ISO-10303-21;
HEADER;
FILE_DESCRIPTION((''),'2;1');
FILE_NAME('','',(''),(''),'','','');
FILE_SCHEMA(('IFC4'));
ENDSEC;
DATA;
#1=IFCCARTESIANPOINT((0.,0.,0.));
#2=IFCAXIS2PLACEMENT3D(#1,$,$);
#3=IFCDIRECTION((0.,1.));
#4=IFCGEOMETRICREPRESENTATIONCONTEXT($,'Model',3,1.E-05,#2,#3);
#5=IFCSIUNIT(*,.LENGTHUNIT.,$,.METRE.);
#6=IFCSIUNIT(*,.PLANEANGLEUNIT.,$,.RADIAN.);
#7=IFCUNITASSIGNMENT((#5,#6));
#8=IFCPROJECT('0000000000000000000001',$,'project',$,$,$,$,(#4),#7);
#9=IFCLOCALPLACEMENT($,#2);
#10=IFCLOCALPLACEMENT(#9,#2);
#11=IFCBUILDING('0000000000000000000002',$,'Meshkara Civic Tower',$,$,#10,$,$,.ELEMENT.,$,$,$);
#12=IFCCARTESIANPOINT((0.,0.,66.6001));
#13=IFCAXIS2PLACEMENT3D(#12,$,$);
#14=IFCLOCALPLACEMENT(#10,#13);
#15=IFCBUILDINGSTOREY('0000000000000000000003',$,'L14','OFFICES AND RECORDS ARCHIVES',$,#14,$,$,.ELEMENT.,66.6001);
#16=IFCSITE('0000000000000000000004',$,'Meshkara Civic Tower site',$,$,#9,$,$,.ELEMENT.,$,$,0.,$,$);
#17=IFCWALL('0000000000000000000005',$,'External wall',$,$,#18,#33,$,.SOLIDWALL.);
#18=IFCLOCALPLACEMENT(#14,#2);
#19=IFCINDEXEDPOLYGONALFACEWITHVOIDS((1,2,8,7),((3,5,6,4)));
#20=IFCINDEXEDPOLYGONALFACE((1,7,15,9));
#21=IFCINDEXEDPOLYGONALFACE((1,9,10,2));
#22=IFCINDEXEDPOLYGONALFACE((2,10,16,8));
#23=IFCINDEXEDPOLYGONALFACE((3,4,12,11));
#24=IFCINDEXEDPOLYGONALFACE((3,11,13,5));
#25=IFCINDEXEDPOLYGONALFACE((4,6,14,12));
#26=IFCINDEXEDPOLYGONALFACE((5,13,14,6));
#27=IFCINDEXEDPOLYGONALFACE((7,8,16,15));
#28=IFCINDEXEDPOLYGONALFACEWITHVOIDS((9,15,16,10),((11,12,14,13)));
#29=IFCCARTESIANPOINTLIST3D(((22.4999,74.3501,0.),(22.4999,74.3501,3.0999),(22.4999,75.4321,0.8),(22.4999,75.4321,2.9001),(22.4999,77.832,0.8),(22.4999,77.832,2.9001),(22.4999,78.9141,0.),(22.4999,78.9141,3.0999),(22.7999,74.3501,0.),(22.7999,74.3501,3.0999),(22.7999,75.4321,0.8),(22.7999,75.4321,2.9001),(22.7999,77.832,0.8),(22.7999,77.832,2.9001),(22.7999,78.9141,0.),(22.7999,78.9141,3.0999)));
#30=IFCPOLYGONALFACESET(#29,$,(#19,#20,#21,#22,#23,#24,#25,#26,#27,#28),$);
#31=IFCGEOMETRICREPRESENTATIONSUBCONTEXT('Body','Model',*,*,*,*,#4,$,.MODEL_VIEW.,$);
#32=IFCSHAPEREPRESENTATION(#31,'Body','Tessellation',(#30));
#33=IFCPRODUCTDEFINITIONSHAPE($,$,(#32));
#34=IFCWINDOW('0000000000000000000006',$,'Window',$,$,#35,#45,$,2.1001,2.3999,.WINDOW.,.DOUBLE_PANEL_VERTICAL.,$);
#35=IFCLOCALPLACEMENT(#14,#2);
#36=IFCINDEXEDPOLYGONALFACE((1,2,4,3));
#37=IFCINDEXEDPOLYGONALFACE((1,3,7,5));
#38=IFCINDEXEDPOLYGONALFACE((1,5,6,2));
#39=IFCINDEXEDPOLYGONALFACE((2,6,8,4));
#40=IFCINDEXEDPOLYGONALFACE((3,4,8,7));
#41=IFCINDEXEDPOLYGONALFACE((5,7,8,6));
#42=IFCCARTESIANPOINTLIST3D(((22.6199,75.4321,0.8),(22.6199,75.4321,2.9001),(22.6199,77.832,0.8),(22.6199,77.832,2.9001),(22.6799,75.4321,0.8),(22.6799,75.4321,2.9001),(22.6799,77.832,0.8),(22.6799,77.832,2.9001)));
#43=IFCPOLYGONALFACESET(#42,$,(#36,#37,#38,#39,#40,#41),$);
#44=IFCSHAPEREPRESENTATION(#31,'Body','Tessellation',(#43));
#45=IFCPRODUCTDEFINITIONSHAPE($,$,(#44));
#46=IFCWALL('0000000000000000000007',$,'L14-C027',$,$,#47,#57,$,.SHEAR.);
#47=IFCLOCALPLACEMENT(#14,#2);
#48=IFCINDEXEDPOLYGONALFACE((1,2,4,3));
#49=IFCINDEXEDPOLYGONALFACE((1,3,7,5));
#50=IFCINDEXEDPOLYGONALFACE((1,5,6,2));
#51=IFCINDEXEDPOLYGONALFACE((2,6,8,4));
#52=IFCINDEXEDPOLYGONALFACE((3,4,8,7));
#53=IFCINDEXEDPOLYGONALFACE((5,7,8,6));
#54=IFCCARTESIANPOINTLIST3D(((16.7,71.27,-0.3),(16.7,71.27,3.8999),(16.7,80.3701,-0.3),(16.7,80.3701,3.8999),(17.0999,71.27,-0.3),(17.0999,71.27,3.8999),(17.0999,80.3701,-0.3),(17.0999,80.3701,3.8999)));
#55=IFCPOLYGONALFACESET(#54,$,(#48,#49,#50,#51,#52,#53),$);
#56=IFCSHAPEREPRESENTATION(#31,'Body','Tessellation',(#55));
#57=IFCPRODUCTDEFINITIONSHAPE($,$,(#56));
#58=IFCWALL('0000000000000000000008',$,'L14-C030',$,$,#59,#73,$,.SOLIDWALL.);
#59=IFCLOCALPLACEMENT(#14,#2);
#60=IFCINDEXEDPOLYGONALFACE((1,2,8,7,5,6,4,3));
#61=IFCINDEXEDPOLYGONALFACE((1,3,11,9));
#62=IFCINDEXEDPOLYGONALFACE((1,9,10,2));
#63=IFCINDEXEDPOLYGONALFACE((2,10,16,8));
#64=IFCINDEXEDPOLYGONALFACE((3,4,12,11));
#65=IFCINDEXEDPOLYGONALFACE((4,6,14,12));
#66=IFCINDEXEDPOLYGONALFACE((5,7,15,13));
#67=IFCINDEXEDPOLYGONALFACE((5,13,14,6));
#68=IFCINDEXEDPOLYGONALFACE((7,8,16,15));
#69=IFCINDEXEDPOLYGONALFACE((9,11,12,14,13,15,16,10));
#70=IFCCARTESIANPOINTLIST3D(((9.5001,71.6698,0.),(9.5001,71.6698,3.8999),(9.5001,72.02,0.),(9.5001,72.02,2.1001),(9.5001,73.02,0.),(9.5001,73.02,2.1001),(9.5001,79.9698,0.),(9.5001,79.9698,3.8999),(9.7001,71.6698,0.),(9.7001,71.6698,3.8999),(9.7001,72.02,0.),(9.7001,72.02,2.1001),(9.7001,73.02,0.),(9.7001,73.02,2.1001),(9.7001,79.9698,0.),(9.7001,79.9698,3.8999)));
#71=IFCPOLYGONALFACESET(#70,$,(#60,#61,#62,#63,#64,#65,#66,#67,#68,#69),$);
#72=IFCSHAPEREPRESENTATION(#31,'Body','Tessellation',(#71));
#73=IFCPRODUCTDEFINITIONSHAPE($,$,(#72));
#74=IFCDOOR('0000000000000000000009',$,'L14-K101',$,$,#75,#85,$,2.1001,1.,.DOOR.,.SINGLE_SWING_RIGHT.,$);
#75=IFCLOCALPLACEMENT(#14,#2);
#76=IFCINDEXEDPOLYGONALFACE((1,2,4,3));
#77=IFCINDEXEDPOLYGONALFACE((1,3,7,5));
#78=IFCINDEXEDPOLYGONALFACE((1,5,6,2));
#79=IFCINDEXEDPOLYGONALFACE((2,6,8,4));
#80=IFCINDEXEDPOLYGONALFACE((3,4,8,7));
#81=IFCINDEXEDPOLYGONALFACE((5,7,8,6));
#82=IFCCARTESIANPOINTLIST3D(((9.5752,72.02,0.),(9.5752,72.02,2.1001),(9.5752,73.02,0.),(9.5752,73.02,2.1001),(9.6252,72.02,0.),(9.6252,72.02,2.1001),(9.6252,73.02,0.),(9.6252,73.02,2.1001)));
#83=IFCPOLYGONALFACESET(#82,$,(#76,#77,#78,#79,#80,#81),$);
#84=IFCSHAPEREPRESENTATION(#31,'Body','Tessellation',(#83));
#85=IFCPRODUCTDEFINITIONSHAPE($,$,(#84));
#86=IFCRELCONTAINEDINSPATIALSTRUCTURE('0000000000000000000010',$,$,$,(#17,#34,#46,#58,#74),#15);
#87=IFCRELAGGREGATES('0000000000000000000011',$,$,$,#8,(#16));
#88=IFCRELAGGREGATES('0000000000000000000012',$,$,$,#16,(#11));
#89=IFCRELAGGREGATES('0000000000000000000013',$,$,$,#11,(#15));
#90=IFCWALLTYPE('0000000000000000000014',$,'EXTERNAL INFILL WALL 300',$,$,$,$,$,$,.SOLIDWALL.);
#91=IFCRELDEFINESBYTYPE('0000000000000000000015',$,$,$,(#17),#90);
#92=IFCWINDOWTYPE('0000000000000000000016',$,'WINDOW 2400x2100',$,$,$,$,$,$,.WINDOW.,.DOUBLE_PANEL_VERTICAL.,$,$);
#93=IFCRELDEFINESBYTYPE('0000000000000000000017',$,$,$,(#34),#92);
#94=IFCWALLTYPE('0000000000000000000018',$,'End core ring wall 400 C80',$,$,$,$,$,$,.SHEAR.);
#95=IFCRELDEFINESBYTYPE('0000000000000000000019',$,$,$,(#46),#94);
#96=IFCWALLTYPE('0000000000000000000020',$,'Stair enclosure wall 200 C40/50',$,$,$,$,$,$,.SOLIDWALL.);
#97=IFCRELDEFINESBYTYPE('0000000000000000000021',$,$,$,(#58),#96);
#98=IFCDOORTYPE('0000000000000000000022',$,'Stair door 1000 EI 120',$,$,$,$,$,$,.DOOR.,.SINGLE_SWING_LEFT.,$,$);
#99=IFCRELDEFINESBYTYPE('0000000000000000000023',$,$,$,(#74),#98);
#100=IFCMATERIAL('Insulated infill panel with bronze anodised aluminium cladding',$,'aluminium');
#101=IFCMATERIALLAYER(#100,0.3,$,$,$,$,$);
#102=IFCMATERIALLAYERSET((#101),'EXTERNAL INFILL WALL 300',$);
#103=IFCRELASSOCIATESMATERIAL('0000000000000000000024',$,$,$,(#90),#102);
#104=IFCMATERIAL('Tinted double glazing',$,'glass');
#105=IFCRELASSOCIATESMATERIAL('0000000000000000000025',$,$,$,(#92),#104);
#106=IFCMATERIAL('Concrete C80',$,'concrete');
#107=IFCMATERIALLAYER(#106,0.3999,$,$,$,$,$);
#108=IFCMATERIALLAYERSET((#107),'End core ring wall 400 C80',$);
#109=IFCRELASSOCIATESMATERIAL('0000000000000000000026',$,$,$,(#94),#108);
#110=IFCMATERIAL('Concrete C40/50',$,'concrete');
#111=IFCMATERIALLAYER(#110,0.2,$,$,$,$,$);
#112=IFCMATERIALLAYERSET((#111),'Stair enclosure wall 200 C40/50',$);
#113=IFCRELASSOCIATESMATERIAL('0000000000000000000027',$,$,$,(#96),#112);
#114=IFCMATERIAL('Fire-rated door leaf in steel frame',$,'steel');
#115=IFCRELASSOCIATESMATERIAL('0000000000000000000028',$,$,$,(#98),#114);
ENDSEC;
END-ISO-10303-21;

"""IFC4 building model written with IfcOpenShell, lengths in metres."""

from ifc_helpers import new_model, si_unit, direction, frame, frame_2d, origin, place, context, subcontext, project, spatial, rectangle, extrude, material, layer, layer_set, type_object, element, fill, save


model = new_model("IFC4")

# Units and contexts
model_context = context("Model", 3, precision=1e-05, world=origin(), true_north=direction((0.0, 1.0)))
body_context = subcontext(model_context, "Body", "Model", "MODEL_VIEW")
ifc_project = project(units=[si_unit("LENGTHUNIT", "METRE"), si_unit("PLANEANGLEUNIT", "RADIAN")], contexts=[model_context])

# Site, building, storey
site_placement = place(None, origin())
site = spatial("IfcSite", under=ifc_project, at=site_placement, Name="Meshkara Civic Tower site", CompositionType="ELEMENT", RefElevation=0.0)
building_placement = place(site_placement, origin())
building = spatial("IfcBuilding", under=site, at=building_placement, Name="Meshkara Civic Tower", CompositionType="ELEMENT")
storey_placement = place(building_placement, frame((0.0, 0.0, 66.6001)))
storey = spatial("IfcBuildingStorey", under=building, at=storey_placement, Name="L14", Description="OFFICES AND RECORDS ARCHIVES", CompositionType="ELEMENT", Elevation=66.6001)

# Wall, opening, window
ifc_material_1 = material(Name="Insulated infill panel with bronze anodised aluminium cladding", Category="aluminium")
ifc_layer_1 = layer(ifc_material_1, 0.3)
ifc_layer_set_1 = layer_set([ifc_layer_1], Name="EXTERNAL INFILL WALL 300")
wall_type_1 = type_object("IfcWallType", Name="EXTERNAL INFILL WALL 300", PredefinedType="SOLIDWALL", material=ifc_layer_set_1)
ifc_material_2 = material(Name="Tinted double glazing", Category="glass")
window_type = type_object("IfcWindowType", Name="WINDOW 2400x2100", PartitioningType="DOUBLE_PANEL_VERTICAL", PredefinedType="WINDOW", material=ifc_material_2)
wall_1_placement = place(storey_placement, frame((22.6499, 74.3501, 0.0), z_axis=(0.0, 0.0, 1.0), x_axis=(0.0, 1.0, 0.0)))
wall_1 = element("IfcWall", 1, at=wall_1_placement, inside=storey, type_object=wall_type_1, Name="External wall", PredefinedType="SOLIDWALL", context=body_context, shape_type="SweptSolid", body=[
    extrude(rectangle(XDim=4.564, YDim=0.3, at=frame_2d((2.282, 0.0))), origin(), (0.0, 0.0, 1.0), 3.0999),
])
opening_1_placement = place(wall_1_placement, frame((1.082, 0.0, 0.8)))
opening_1 = element("IfcOpeningElement", 2, at=opening_1_placement, cuts=wall_1, PredefinedType="OPENING", context=body_context, shape_type="SweptSolid", body=[
    extrude(rectangle(XDim=2.3999, YDim=2.1001, at=frame_2d((1.2, 1.05))), frame((0.0, 0.1599, 0.0), z_axis=(0.0, -1.0, 0.0), x_axis=(1.0, 0.0, 0.0)), (0.0, 0.0, 1.0), 0.3201),
])
window_1_placement = place(opening_1_placement, origin())
window_1 = element("IfcWindow", 3, at=window_1_placement, inside=storey, type_object=window_type, Name="Window", OverallHeight=2.1001, OverallWidth=2.3999, PartitioningType="DOUBLE_PANEL_VERTICAL", PredefinedType="WINDOW", context=body_context, shape_type="SweptSolid", body=[
    extrude(rectangle(XDim=2.3999, YDim=2.1001, at=frame_2d((1.2, 1.05))), frame((0.0, 0.03, 0.0), z_axis=(0.0, -1.0, 0.0), x_axis=(1.0, 0.0, 0.0)), (0.0, 0.0, 1.0), 0.0601),
])
fill(opening_1, window_1)

# Wall
ifc_material_3 = material(Name="Concrete C80", Category="concrete")
ifc_layer_2 = layer(ifc_material_3, 0.3999)
ifc_layer_set_2 = layer_set([ifc_layer_2], Name="End core ring wall 400 C80")
wall_type_2 = type_object("IfcWallType", Name="End core ring wall 400 C80", PredefinedType="SHEAR", material=ifc_layer_set_2)
wall_2_placement = place(storey_placement, frame((16.8999, 71.27, -0.3), z_axis=(0.0, 0.0, 1.0), x_axis=(0.0, 1.0, 0.0)))
element("IfcWall", 4, at=wall_2_placement, inside=storey, type_object=wall_type_2, Name="L14-C027", PredefinedType="SHEAR", context=body_context, shape_type="SweptSolid", body=[
    extrude(rectangle(XDim=9.1001, YDim=0.3999, at=frame_2d((4.55, 0.0))), origin(), (0.0, 0.0, 1.0), 4.2),
])

# Wall, opening, door
ifc_material_4 = material(Name="Concrete C40/50", Category="concrete")
ifc_layer_3 = layer(ifc_material_4, 0.2)
ifc_layer_set_3 = layer_set([ifc_layer_3], Name="Stair enclosure wall 200 C40/50")
wall_type_3 = type_object("IfcWallType", Name="Stair enclosure wall 200 C40/50", PredefinedType="SOLIDWALL", material=ifc_layer_set_3)
wall_3_placement = place(storey_placement, frame((9.6001, 71.6699, 0.0), z_axis=(0.0, 0.0, 1.0), x_axis=(0.0, 1.0, 0.0)))
wall_3 = element("IfcWall", 5, at=wall_3_placement, inside=storey, type_object=wall_type_3, Name="L14-C030", PredefinedType="SOLIDWALL", context=body_context, shape_type="SweptSolid", body=[
    extrude(rectangle(XDim=8.3, YDim=0.2, at=frame_2d((4.1499, 0.0))), origin(), (0.0, 0.0, 1.0), 3.8999),
])
opening_2_placement = place(wall_3_placement, frame((0.3501, 0.0, 0.0)))
opening_2 = element("IfcOpeningElement", 6, at=opening_2_placement, cuts=wall_3, PredefinedType="OPENING", context=body_context, shape_type="SweptSolid", body=[
    extrude(rectangle(XDim=1.0, YDim=2.1001, at=frame_2d((0.5, 1.05))), frame((0.0, 0.1099, 0.0), z_axis=(0.0, -1.0, 0.0), x_axis=(1.0, 0.0, 0.0)), (0.0, 0.0, 1.0), 0.22),
])
ifc_material_5 = material(Name="Fire-rated door leaf in steel frame", Category="steel")
door_type_1 = type_object("IfcDoorType", Name="Stair door 1000 EI 120", OperationType="SINGLE_SWING_LEFT", PredefinedType="DOOR", material=ifc_material_5)
door_1_placement = place(opening_2_placement, origin())
door_1 = element("IfcDoor", 7, at=door_1_placement, inside=storey, type_object=door_type_1, Name="L14-K101", OperationType="SINGLE_SWING_RIGHT", OverallHeight=2.1001, OverallWidth=1.0, PredefinedType="DOOR", context=body_context, shape_type="SweptSolid", body=[
    extrude(rectangle(XDim=1.0, YDim=2.1001, at=frame_2d((0.5, 1.05))), frame((0.0, 0.0249, 0.0), z_axis=(0.0, -1.0, 0.0), x_axis=(1.0, 0.0, 0.0)), (0.0, 0.0, 1.0), 0.05),
])
fill(opening_2, door_1)

save(model, "model.ifc")
